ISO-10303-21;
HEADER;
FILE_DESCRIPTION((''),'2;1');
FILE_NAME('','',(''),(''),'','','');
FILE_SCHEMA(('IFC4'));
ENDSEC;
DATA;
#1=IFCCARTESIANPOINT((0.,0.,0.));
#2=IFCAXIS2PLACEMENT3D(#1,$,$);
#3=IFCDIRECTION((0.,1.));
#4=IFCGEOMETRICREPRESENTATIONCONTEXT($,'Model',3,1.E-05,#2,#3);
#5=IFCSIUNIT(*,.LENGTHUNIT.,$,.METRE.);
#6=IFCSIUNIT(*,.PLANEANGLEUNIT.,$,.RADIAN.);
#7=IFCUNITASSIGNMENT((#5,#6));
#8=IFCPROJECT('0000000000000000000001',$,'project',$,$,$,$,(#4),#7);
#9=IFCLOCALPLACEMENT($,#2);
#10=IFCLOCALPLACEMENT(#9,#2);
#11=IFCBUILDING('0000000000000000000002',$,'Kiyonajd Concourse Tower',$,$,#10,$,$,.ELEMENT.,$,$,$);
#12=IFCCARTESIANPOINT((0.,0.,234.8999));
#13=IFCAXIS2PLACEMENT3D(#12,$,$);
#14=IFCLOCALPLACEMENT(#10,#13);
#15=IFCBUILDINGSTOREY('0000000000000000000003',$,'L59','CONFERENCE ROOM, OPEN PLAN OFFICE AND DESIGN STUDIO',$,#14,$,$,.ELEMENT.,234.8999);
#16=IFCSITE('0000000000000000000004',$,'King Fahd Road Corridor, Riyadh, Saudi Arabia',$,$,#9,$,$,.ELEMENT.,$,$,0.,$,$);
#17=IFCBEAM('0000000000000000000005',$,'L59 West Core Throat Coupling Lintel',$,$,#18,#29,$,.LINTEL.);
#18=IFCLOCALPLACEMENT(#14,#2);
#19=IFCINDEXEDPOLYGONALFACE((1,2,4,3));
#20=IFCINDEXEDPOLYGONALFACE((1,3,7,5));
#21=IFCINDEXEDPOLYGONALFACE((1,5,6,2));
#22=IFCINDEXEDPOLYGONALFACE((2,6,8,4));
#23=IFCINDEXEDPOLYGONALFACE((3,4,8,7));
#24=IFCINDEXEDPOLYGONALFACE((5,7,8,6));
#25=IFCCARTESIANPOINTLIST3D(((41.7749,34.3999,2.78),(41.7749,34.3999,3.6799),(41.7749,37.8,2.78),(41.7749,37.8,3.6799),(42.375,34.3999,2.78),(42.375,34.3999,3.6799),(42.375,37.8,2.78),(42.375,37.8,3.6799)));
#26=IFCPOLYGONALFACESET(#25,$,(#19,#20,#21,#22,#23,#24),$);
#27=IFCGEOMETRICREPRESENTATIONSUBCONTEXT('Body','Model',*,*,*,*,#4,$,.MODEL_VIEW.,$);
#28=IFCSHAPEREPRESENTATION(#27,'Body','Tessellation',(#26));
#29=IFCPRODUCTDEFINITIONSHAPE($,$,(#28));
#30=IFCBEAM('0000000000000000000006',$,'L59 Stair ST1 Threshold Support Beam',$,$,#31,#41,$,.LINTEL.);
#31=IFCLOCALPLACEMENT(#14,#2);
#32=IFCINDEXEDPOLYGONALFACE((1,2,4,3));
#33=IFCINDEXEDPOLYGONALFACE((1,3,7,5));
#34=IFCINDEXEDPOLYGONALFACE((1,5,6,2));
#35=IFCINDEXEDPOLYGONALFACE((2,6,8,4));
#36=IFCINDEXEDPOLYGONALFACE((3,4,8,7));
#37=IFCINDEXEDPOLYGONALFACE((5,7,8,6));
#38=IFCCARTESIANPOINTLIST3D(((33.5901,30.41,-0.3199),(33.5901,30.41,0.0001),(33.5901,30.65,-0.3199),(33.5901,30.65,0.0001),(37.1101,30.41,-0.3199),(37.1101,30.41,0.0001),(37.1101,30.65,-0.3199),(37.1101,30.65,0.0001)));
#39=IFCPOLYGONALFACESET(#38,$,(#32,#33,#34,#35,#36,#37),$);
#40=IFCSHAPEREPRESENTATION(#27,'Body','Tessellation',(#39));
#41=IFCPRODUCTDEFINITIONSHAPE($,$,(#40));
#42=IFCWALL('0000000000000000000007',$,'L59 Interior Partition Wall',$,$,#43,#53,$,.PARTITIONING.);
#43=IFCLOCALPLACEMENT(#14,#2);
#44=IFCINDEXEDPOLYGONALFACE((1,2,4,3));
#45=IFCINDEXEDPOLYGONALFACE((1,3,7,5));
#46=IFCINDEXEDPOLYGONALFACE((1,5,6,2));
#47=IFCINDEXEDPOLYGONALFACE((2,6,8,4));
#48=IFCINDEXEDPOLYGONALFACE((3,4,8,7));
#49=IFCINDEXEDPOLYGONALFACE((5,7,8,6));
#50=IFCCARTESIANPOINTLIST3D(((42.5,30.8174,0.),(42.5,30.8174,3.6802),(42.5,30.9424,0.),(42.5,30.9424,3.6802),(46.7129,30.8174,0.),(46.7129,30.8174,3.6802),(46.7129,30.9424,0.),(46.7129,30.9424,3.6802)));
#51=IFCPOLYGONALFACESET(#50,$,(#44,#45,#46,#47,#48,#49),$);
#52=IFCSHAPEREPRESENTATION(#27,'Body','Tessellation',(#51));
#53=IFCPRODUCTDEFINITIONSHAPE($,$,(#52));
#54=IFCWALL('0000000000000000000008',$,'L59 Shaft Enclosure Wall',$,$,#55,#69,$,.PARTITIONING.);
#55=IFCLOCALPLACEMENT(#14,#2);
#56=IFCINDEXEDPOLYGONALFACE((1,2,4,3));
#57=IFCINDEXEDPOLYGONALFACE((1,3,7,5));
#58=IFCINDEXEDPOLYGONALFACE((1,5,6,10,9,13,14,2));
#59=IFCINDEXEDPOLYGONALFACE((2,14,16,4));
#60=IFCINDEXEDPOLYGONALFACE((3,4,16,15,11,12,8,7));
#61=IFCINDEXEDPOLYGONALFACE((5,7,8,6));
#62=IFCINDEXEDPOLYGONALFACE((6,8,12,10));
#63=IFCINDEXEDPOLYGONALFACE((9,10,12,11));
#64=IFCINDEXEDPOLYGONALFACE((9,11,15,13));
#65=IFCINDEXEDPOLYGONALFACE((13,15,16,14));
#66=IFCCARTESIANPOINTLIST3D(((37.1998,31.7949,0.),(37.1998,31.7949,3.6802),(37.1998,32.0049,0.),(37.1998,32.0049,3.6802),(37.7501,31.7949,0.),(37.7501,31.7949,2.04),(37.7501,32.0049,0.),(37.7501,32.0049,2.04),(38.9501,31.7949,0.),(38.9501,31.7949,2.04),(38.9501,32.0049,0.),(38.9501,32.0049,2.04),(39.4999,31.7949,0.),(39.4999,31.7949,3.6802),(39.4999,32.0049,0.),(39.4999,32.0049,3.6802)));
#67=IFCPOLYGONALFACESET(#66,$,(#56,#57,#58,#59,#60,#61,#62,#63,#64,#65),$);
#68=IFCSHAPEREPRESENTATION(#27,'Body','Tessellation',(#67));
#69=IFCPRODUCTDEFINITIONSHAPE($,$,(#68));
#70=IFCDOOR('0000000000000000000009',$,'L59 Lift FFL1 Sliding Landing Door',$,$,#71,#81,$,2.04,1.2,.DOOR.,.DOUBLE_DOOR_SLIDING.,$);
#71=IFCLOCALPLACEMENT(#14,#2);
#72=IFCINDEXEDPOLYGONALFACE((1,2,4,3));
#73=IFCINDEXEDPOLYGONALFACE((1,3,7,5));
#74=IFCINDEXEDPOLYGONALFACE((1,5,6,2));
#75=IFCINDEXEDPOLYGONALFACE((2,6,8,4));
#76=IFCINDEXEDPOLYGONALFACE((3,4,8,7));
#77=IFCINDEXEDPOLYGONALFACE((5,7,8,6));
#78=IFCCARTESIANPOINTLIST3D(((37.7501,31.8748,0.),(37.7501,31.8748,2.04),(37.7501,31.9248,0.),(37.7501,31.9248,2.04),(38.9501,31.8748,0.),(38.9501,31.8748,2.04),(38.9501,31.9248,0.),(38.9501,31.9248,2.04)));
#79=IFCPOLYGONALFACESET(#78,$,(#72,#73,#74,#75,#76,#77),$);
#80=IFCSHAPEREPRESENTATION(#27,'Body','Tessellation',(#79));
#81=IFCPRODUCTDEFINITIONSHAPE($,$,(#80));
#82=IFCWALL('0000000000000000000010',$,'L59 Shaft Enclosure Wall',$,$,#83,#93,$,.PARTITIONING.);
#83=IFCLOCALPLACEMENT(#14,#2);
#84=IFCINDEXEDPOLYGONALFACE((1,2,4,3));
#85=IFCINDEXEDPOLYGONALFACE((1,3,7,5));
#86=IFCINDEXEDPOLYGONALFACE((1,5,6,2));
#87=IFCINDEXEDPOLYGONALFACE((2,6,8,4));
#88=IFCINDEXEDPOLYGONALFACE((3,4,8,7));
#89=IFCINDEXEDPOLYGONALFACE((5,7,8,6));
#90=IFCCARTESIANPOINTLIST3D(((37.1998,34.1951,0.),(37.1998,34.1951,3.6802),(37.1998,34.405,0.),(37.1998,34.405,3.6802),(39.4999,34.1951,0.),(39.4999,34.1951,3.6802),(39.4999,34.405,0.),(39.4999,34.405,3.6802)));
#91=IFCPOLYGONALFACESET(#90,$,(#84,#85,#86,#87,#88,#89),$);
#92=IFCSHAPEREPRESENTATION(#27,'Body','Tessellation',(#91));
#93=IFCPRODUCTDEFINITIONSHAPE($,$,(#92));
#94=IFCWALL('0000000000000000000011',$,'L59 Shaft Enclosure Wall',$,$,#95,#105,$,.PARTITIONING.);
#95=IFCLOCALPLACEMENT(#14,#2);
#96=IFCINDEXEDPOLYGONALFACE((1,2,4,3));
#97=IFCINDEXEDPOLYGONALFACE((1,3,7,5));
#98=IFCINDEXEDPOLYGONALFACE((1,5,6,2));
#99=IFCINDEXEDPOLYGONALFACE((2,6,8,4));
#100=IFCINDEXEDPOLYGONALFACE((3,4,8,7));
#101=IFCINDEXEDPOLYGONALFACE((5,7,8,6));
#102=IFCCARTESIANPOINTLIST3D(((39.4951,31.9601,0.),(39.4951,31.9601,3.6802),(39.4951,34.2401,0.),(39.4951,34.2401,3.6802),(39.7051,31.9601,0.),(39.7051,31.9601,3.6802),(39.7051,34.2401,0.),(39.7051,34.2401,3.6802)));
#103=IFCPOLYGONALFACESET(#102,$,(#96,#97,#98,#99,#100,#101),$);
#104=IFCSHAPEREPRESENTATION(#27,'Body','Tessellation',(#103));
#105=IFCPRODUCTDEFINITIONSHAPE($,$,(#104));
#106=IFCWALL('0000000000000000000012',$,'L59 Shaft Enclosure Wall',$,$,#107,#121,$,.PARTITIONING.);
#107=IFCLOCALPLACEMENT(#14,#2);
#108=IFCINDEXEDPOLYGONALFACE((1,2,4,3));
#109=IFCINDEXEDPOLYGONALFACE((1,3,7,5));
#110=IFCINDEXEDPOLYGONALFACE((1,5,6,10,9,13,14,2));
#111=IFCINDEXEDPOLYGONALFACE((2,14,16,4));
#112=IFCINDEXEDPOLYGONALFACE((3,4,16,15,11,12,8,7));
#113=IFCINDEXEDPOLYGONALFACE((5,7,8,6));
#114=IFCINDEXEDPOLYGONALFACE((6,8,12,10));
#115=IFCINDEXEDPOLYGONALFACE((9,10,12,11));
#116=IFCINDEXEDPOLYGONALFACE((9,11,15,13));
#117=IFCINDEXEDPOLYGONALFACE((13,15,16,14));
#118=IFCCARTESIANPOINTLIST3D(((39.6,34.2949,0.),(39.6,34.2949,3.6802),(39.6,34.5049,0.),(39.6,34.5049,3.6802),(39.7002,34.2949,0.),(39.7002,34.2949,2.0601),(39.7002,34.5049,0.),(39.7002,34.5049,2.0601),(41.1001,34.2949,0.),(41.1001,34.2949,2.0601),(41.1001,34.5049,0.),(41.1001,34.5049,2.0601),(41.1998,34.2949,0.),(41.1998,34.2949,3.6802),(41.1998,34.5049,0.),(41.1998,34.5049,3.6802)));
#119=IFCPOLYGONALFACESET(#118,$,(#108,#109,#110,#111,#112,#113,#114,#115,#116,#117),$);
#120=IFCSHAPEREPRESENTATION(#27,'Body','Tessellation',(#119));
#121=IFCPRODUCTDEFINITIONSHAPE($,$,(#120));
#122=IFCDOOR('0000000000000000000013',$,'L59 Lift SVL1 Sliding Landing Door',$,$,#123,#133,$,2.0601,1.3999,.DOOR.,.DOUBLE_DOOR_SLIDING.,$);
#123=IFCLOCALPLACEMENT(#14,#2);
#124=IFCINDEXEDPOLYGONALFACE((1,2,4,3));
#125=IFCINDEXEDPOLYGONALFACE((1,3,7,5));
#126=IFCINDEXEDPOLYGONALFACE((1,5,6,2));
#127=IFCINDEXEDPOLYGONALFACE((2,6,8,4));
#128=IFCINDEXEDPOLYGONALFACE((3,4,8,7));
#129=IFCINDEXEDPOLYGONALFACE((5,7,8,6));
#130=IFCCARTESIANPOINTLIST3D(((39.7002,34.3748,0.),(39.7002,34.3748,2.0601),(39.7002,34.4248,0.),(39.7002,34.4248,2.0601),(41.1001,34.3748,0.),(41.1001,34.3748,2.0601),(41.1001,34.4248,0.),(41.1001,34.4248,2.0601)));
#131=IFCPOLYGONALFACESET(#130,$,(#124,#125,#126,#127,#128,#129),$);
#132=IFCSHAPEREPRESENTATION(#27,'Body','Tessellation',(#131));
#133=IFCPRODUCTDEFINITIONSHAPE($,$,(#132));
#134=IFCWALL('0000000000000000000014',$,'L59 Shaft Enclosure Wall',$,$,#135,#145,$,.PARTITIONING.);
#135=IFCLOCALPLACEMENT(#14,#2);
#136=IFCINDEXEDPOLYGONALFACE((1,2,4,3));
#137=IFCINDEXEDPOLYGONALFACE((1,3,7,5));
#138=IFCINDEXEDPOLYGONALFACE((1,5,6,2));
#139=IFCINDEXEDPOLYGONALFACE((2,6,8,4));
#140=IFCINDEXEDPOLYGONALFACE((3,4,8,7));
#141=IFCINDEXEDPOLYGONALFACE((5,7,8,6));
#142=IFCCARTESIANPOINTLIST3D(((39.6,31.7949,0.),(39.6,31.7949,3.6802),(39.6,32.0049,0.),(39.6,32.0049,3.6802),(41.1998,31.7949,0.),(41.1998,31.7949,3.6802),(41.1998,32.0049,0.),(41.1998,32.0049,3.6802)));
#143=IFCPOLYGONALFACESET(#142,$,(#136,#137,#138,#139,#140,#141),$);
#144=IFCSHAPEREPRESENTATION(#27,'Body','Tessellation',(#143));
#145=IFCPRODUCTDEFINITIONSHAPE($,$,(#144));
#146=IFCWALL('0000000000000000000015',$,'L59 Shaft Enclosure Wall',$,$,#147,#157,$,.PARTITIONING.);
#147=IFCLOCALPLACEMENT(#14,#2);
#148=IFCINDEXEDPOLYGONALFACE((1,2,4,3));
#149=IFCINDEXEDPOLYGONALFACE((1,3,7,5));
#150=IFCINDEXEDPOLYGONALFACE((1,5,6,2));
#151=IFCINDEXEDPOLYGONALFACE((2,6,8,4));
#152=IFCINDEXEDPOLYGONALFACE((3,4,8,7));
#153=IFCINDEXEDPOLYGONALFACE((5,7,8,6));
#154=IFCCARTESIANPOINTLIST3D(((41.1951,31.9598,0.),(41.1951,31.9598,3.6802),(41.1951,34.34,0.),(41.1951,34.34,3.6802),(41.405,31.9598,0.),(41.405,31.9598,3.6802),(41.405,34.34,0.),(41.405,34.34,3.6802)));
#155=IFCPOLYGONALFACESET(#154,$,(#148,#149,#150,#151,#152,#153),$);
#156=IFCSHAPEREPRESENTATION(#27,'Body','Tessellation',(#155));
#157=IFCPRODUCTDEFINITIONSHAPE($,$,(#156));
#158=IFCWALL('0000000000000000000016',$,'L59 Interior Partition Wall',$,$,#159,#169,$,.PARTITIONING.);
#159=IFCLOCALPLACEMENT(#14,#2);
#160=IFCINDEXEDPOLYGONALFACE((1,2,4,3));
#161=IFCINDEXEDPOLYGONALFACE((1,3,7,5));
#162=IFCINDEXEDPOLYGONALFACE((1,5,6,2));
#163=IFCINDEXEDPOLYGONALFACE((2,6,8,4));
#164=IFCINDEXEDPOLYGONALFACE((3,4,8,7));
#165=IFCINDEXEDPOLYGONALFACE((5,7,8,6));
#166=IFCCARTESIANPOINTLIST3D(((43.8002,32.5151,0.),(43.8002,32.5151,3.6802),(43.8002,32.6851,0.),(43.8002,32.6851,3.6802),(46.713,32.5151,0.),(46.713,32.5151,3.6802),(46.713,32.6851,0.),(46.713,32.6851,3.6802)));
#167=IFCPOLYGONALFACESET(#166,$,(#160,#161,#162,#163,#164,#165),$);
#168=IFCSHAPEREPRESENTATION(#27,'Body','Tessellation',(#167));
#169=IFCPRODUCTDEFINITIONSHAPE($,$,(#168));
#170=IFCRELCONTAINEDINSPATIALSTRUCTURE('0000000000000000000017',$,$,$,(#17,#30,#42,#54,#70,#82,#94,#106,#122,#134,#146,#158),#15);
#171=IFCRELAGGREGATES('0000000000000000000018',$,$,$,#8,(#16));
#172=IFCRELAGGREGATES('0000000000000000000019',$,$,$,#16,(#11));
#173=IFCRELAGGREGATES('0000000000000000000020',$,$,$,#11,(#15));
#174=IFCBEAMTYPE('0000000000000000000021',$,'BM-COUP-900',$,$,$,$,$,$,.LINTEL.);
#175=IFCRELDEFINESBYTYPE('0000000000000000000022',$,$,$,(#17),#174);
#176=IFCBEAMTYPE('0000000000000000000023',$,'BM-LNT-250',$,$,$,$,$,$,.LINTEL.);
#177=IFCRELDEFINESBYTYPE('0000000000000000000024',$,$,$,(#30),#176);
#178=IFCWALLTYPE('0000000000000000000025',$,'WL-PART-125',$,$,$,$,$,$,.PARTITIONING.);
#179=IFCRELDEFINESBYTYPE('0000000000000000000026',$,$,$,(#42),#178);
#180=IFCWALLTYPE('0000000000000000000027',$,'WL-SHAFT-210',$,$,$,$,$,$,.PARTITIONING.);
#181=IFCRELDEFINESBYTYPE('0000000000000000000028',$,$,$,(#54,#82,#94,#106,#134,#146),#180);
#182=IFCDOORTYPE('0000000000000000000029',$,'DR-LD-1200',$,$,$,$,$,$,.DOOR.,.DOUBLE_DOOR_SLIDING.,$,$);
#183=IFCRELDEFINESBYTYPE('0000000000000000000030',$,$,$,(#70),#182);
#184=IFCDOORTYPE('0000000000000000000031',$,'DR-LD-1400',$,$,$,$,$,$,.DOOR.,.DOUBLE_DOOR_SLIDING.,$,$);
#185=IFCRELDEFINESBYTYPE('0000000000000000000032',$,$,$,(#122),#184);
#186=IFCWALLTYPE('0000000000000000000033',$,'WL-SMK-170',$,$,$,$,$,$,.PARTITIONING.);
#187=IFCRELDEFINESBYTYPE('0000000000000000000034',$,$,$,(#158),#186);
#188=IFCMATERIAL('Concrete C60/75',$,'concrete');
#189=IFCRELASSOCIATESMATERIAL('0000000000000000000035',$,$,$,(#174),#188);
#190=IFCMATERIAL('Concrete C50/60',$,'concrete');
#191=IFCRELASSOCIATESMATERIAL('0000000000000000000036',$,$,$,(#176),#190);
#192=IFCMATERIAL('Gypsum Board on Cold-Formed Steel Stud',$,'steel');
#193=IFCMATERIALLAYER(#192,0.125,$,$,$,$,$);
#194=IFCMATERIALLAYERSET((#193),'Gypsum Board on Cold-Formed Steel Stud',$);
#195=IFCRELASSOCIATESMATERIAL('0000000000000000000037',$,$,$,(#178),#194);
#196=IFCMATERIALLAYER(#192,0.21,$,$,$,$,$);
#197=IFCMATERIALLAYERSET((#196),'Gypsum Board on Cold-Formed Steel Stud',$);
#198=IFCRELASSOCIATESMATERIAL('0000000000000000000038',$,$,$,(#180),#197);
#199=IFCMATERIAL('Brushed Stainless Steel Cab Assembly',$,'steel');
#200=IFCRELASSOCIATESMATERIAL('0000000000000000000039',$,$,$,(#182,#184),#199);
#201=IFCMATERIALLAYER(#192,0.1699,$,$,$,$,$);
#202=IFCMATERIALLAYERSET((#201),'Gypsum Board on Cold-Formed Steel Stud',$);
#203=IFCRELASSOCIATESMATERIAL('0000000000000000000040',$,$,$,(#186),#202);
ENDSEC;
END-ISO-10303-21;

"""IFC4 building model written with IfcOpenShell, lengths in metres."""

from ifc_helpers import new_model, si_unit, direction, frame, frame_2d, origin, origin_2d, place, context, subcontext, project, spatial, rectangle, extrude, material, layer, layer_set, material_profile, profile_set, type_object, element, fill, save


model = new_model("IFC4")

# Units and contexts
model_context = context("Model", 3, precision=1e-05, world=origin(), true_north=direction((0.0, 1.0)))
body_context = subcontext(model_context, "Body", "Model", "MODEL_VIEW")
ifc_project = project(units=[si_unit("LENGTHUNIT", "METRE"), si_unit("PLANEANGLEUNIT", "RADIAN")], contexts=[model_context])

# Site, building, storey
site_placement = place(None, origin())
site = spatial("IfcSite", under=ifc_project, at=site_placement, Name="King Fahd Road Corridor, Riyadh, Saudi Arabia", CompositionType="ELEMENT", RefElevation=0.0)
building_placement = place(site_placement, origin())
building = spatial("IfcBuilding", under=site, at=building_placement, Name="Kiyonajd Concourse Tower", CompositionType="ELEMENT")
storey_placement = place(building_placement, frame((0.0, 0.0, 234.8999)))
storey = spatial("IfcBuildingStorey", under=building, at=storey_placement, Name="L59", Description="CONFERENCE ROOM, OPEN PLAN OFFICE AND DESIGN STUDIO", CompositionType="ELEMENT", Elevation=234.8999)

# Beams
ifc_material_1 = material(Name="Concrete C60/75", Category="concrete")
ifc_material_profile_1 = material_profile(ifc_material_1, rectangle(XDim=0.6001, YDim=0.8999, at=origin_2d()), Name="RCBM-600x900")
ifc_profile_set_1 = profile_set([ifc_material_profile_1], Name="Concrete C60/75")
beam_type_1 = type_object("IfcBeamType", Name="BM-COUP-900", PredefinedType="LINTEL", material=ifc_profile_set_1)
beam_1_placement = place(storey_placement, frame((42.075, 34.3999, 3.23), z_axis=(0.0, 1.0, 0.0), x_axis=(-1.0, 0.0, 0.0)))
element("IfcBeam", 1, at=beam_1_placement, inside=storey, type_object=beam_type_1, Name="L59 West Core Throat Coupling Lintel", PredefinedType="LINTEL", context=body_context, shape_type="SweptSolid", body=[
    extrude(rectangle(XDim=0.6001, YDim=0.8999, at=origin_2d()), origin(), (0.0, 0.0, 1.0), 3.4001),
])
ifc_material_2 = material(Name="Concrete C50/60", Category="concrete")
ifc_material_profile_2 = material_profile(ifc_material_2, rectangle(XDim=0.24, YDim=0.3201, at=origin_2d()), Name="RCBM-240x320")
ifc_profile_set_2 = profile_set([ifc_material_profile_2], Name="Concrete C50/60")
beam_type_2 = type_object("IfcBeamType", Name="BM-LNT-250", PredefinedType="LINTEL", material=ifc_profile_set_2)
beam_2_placement = place(storey_placement, frame((33.5901, 30.53, -0.1599), z_axis=(1.0, 0.0, 0.0), x_axis=(0.0, 1.0, 0.0)))
element("IfcBeam", 2, at=beam_2_placement, inside=storey, type_object=beam_type_2, Name="L59 Stair ST1 Threshold Support Beam", PredefinedType="LINTEL", context=body_context, shape_type="SweptSolid", body=[
    extrude(rectangle(XDim=0.24, YDim=0.3201, at=origin_2d()), origin(), (0.0, 0.0, 1.0), 3.52),
])

# Wall
ifc_material_3 = material(Name="Gypsum Board on Cold-Formed Steel Stud", Category="steel")
ifc_layer_1 = layer(ifc_material_3, 0.125)
ifc_layer_set_1 = layer_set([ifc_layer_1], Name="Gypsum Board on Cold-Formed Steel Stud")
wall_type_1 = type_object("IfcWallType", Name="WL-PART-125", PredefinedType="PARTITIONING", material=ifc_layer_set_1)
wall_1_placement = place(storey_placement, frame((42.5, 30.8799, 0.0), z_axis=(0.0, 0.0, 1.0), x_axis=(1.0, 0.0, 0.0)))
element("IfcWall", 3, at=wall_1_placement, inside=storey, type_object=wall_type_1, Name="L59 Interior Partition Wall", PredefinedType="PARTITIONING", context=body_context, shape_type="SweptSolid", body=[
    extrude(rectangle(XDim=4.2129, YDim=0.125, at=frame_2d((2.1064, 0.0))), origin(), (0.0, 0.0, 1.0), 3.6802),
])

# Wall, opening, door
ifc_layer_2 = layer(ifc_material_3, 0.21)
ifc_layer_set_2 = layer_set([ifc_layer_2], Name="Gypsum Board on Cold-Formed Steel Stud")
wall_type_2 = type_object("IfcWallType", Name="WL-SHAFT-210", PredefinedType="PARTITIONING", material=ifc_layer_set_2)
wall_2_placement = place(storey_placement, frame((37.2, 31.8999, 0.0), z_axis=(0.0, 0.0, 1.0), x_axis=(1.0, 0.0, 0.0)))
wall_2 = element("IfcWall", 4, at=wall_2_placement, inside=storey, type_object=wall_type_2, Name="L59 Shaft Enclosure Wall", PredefinedType="PARTITIONING", context=body_context, shape_type="SweptSolid", body=[
    extrude(rectangle(XDim=2.3, YDim=0.21, at=frame_2d((1.1499, 0.0))), origin(), (0.0, 0.0, 1.0), 3.6802),
])
opening_1_placement = place(wall_2_placement, frame((0.55, 0.0, 0.0)))
opening_1 = element("IfcOpeningElement", 5, at=opening_1_placement, cuts=wall_2, PredefinedType="OPENING", context=body_context, shape_type="SweptSolid", body=[
    extrude(rectangle(XDim=1.2, YDim=2.04, at=frame_2d((0.6001, 1.02))), frame((0.0, 0.115, 0.0), z_axis=(0.0, -1.0, 0.0), x_axis=(1.0, 0.0, 0.0)), (0.0, 0.0, 1.0), 0.23),
])
ifc_material_4 = material(Name="Brushed Stainless Steel Cab Assembly", Category="steel")
door_type_1 = type_object("IfcDoorType", Name="DR-LD-1200", OperationType="DOUBLE_DOOR_SLIDING", PredefinedType="DOOR", material=ifc_material_4)
door_1_placement = place(opening_1_placement, origin())
door_1 = element("IfcDoor", 6, at=door_1_placement, inside=storey, type_object=door_type_1, Name="L59 Lift FFL1 Sliding Landing Door", OperationType="DOUBLE_DOOR_SLIDING", OverallHeight=2.04, OverallWidth=1.2, PredefinedType="DOOR", context=body_context, shape_type="SweptSolid", body=[
    extrude(rectangle(XDim=1.2, YDim=2.04, at=frame_2d((0.6001, 1.02))), frame((0.0, 0.0249, 0.0), z_axis=(0.0, -1.0, 0.0), x_axis=(1.0, 0.0, 0.0)), (0.0, 0.0, 1.0), 0.05),
])
fill(opening_1, door_1)

# Walls
wall_3_placement = place(storey_placement, frame((37.2, 34.3, 0.0), z_axis=(0.0, 0.0, 1.0), x_axis=(1.0, 0.0, 0.0)))
element("IfcWall", 7, at=wall_3_placement, inside=storey, type_object=wall_type_2, Name="L59 Shaft Enclosure Wall", PredefinedType="PARTITIONING", context=body_context, shape_type="SweptSolid", body=[
    extrude(rectangle(XDim=2.3, YDim=0.21, at=frame_2d((1.1499, 0.0))), origin(), (0.0, 0.0, 1.0), 3.6802),
])
wall_4_placement = place(storey_placement, frame((39.6001, 31.96, 0.0), z_axis=(0.0, 0.0, 1.0), x_axis=(0.0, 1.0, 0.0)))
element("IfcWall", 8, at=wall_4_placement, inside=storey, type_object=wall_type_2, Name="L59 Shaft Enclosure Wall", PredefinedType="PARTITIONING", context=body_context, shape_type="SweptSolid", body=[
    extrude(rectangle(XDim=2.28, YDim=0.21, at=frame_2d((1.1401, 0.0))), origin(), (0.0, 0.0, 1.0), 3.6802),
])

# Wall, opening, door
wall_5_placement = place(storey_placement, frame((39.6001, 34.3999, 0.0), z_axis=(0.0, 0.0, 1.0), x_axis=(1.0, 0.0, 0.0)))
wall_5 = element("IfcWall", 9, at=wall_5_placement, inside=storey, type_object=wall_type_2, Name="L59 Shaft Enclosure Wall", PredefinedType="PARTITIONING", context=body_context, shape_type="SweptSolid", body=[
    extrude(rectangle(XDim=1.5999, YDim=0.21, at=frame_2d((0.7998, 0.0))), origin(), (0.0, 0.0, 1.0), 3.6802),
])
opening_2_placement = place(wall_5_placement, frame((0.1001, 0.0, 0.0)))
opening_2 = element("IfcOpeningElement", 10, at=opening_2_placement, cuts=wall_5, PredefinedType="OPENING", context=body_context, shape_type="SweptSolid", body=[
    extrude(rectangle(XDim=1.3999, YDim=2.0601, at=frame_2d((0.7, 1.03))), frame((0.0, 0.115, 0.0), z_axis=(0.0, -1.0, 0.0), x_axis=(1.0, 0.0, 0.0)), (0.0, 0.0, 1.0), 0.23),
])
door_type_2 = type_object("IfcDoorType", Name="DR-LD-1400", OperationType="DOUBLE_DOOR_SLIDING", PredefinedType="DOOR", material=ifc_material_4)
door_2_placement = place(opening_2_placement, origin())
door_2 = element("IfcDoor", 11, at=door_2_placement, inside=storey, type_object=door_type_2, Name="L59 Lift SVL1 Sliding Landing Door", OperationType="DOUBLE_DOOR_SLIDING", OverallHeight=2.0601, OverallWidth=1.3999, PredefinedType="DOOR", context=body_context, shape_type="SweptSolid", body=[
    extrude(rectangle(XDim=1.3999, YDim=2.0601, at=frame_2d((0.7, 1.03))), frame((0.0, 0.0249, 0.0), z_axis=(0.0, -1.0, 0.0), x_axis=(1.0, 0.0, 0.0)), (0.0, 0.0, 1.0), 0.05),
])
fill(opening_2, door_2)

# Walls
wall_6_placement = place(storey_placement, frame((39.6001, 31.8999, 0.0), z_axis=(0.0, 0.0, 1.0), x_axis=(1.0, 0.0, 0.0)))
element("IfcWall", 12, at=wall_6_placement, inside=storey, type_object=wall_type_2, Name="L59 Shaft Enclosure Wall", PredefinedType="PARTITIONING", context=body_context, shape_type="SweptSolid", body=[
    extrude(rectangle(XDim=1.5999, YDim=0.21, at=frame_2d((0.7998, 0.0))), origin(), (0.0, 0.0, 1.0), 3.6802),
])
wall_7_placement = place(storey_placement, frame((41.3, 31.96, 0.0), z_axis=(0.0, 0.0, 1.0), x_axis=(0.0, 1.0, 0.0)))
element("IfcWall", 13, at=wall_7_placement, inside=storey, type_object=wall_type_2, Name="L59 Shaft Enclosure Wall", PredefinedType="PARTITIONING", context=body_context, shape_type="SweptSolid", body=[
    extrude(rectangle(XDim=2.3801, YDim=0.21, at=frame_2d((1.1899, 0.0))), origin(), (0.0, 0.0, 1.0), 3.6802),
])
ifc_layer_3 = layer(ifc_material_3, 0.1699)
ifc_layer_set_3 = layer_set([ifc_layer_3], Name="Gypsum Board on Cold-Formed Steel Stud")
wall_type_3 = type_object("IfcWallType", Name="WL-SMK-170", PredefinedType="PARTITIONING", material=ifc_layer_set_3)
wall_8_placement = place(storey_placement, frame((43.8, 32.6001, 0.0), z_axis=(0.0, 0.0, 1.0), x_axis=(1.0, 0.0, 0.0)))
element("IfcWall", 14, at=wall_8_placement, inside=storey, type_object=wall_type_3, Name="L59 Interior Partition Wall", PredefinedType="PARTITIONING", context=body_context, shape_type="SweptSolid", body=[
    extrude(rectangle(XDim=2.9128, YDim=0.1699, at=frame_2d((1.4565, 0.0))), origin(), (0.0, 0.0, 1.0), 3.6802),
])

save(model, "model.ifc")
